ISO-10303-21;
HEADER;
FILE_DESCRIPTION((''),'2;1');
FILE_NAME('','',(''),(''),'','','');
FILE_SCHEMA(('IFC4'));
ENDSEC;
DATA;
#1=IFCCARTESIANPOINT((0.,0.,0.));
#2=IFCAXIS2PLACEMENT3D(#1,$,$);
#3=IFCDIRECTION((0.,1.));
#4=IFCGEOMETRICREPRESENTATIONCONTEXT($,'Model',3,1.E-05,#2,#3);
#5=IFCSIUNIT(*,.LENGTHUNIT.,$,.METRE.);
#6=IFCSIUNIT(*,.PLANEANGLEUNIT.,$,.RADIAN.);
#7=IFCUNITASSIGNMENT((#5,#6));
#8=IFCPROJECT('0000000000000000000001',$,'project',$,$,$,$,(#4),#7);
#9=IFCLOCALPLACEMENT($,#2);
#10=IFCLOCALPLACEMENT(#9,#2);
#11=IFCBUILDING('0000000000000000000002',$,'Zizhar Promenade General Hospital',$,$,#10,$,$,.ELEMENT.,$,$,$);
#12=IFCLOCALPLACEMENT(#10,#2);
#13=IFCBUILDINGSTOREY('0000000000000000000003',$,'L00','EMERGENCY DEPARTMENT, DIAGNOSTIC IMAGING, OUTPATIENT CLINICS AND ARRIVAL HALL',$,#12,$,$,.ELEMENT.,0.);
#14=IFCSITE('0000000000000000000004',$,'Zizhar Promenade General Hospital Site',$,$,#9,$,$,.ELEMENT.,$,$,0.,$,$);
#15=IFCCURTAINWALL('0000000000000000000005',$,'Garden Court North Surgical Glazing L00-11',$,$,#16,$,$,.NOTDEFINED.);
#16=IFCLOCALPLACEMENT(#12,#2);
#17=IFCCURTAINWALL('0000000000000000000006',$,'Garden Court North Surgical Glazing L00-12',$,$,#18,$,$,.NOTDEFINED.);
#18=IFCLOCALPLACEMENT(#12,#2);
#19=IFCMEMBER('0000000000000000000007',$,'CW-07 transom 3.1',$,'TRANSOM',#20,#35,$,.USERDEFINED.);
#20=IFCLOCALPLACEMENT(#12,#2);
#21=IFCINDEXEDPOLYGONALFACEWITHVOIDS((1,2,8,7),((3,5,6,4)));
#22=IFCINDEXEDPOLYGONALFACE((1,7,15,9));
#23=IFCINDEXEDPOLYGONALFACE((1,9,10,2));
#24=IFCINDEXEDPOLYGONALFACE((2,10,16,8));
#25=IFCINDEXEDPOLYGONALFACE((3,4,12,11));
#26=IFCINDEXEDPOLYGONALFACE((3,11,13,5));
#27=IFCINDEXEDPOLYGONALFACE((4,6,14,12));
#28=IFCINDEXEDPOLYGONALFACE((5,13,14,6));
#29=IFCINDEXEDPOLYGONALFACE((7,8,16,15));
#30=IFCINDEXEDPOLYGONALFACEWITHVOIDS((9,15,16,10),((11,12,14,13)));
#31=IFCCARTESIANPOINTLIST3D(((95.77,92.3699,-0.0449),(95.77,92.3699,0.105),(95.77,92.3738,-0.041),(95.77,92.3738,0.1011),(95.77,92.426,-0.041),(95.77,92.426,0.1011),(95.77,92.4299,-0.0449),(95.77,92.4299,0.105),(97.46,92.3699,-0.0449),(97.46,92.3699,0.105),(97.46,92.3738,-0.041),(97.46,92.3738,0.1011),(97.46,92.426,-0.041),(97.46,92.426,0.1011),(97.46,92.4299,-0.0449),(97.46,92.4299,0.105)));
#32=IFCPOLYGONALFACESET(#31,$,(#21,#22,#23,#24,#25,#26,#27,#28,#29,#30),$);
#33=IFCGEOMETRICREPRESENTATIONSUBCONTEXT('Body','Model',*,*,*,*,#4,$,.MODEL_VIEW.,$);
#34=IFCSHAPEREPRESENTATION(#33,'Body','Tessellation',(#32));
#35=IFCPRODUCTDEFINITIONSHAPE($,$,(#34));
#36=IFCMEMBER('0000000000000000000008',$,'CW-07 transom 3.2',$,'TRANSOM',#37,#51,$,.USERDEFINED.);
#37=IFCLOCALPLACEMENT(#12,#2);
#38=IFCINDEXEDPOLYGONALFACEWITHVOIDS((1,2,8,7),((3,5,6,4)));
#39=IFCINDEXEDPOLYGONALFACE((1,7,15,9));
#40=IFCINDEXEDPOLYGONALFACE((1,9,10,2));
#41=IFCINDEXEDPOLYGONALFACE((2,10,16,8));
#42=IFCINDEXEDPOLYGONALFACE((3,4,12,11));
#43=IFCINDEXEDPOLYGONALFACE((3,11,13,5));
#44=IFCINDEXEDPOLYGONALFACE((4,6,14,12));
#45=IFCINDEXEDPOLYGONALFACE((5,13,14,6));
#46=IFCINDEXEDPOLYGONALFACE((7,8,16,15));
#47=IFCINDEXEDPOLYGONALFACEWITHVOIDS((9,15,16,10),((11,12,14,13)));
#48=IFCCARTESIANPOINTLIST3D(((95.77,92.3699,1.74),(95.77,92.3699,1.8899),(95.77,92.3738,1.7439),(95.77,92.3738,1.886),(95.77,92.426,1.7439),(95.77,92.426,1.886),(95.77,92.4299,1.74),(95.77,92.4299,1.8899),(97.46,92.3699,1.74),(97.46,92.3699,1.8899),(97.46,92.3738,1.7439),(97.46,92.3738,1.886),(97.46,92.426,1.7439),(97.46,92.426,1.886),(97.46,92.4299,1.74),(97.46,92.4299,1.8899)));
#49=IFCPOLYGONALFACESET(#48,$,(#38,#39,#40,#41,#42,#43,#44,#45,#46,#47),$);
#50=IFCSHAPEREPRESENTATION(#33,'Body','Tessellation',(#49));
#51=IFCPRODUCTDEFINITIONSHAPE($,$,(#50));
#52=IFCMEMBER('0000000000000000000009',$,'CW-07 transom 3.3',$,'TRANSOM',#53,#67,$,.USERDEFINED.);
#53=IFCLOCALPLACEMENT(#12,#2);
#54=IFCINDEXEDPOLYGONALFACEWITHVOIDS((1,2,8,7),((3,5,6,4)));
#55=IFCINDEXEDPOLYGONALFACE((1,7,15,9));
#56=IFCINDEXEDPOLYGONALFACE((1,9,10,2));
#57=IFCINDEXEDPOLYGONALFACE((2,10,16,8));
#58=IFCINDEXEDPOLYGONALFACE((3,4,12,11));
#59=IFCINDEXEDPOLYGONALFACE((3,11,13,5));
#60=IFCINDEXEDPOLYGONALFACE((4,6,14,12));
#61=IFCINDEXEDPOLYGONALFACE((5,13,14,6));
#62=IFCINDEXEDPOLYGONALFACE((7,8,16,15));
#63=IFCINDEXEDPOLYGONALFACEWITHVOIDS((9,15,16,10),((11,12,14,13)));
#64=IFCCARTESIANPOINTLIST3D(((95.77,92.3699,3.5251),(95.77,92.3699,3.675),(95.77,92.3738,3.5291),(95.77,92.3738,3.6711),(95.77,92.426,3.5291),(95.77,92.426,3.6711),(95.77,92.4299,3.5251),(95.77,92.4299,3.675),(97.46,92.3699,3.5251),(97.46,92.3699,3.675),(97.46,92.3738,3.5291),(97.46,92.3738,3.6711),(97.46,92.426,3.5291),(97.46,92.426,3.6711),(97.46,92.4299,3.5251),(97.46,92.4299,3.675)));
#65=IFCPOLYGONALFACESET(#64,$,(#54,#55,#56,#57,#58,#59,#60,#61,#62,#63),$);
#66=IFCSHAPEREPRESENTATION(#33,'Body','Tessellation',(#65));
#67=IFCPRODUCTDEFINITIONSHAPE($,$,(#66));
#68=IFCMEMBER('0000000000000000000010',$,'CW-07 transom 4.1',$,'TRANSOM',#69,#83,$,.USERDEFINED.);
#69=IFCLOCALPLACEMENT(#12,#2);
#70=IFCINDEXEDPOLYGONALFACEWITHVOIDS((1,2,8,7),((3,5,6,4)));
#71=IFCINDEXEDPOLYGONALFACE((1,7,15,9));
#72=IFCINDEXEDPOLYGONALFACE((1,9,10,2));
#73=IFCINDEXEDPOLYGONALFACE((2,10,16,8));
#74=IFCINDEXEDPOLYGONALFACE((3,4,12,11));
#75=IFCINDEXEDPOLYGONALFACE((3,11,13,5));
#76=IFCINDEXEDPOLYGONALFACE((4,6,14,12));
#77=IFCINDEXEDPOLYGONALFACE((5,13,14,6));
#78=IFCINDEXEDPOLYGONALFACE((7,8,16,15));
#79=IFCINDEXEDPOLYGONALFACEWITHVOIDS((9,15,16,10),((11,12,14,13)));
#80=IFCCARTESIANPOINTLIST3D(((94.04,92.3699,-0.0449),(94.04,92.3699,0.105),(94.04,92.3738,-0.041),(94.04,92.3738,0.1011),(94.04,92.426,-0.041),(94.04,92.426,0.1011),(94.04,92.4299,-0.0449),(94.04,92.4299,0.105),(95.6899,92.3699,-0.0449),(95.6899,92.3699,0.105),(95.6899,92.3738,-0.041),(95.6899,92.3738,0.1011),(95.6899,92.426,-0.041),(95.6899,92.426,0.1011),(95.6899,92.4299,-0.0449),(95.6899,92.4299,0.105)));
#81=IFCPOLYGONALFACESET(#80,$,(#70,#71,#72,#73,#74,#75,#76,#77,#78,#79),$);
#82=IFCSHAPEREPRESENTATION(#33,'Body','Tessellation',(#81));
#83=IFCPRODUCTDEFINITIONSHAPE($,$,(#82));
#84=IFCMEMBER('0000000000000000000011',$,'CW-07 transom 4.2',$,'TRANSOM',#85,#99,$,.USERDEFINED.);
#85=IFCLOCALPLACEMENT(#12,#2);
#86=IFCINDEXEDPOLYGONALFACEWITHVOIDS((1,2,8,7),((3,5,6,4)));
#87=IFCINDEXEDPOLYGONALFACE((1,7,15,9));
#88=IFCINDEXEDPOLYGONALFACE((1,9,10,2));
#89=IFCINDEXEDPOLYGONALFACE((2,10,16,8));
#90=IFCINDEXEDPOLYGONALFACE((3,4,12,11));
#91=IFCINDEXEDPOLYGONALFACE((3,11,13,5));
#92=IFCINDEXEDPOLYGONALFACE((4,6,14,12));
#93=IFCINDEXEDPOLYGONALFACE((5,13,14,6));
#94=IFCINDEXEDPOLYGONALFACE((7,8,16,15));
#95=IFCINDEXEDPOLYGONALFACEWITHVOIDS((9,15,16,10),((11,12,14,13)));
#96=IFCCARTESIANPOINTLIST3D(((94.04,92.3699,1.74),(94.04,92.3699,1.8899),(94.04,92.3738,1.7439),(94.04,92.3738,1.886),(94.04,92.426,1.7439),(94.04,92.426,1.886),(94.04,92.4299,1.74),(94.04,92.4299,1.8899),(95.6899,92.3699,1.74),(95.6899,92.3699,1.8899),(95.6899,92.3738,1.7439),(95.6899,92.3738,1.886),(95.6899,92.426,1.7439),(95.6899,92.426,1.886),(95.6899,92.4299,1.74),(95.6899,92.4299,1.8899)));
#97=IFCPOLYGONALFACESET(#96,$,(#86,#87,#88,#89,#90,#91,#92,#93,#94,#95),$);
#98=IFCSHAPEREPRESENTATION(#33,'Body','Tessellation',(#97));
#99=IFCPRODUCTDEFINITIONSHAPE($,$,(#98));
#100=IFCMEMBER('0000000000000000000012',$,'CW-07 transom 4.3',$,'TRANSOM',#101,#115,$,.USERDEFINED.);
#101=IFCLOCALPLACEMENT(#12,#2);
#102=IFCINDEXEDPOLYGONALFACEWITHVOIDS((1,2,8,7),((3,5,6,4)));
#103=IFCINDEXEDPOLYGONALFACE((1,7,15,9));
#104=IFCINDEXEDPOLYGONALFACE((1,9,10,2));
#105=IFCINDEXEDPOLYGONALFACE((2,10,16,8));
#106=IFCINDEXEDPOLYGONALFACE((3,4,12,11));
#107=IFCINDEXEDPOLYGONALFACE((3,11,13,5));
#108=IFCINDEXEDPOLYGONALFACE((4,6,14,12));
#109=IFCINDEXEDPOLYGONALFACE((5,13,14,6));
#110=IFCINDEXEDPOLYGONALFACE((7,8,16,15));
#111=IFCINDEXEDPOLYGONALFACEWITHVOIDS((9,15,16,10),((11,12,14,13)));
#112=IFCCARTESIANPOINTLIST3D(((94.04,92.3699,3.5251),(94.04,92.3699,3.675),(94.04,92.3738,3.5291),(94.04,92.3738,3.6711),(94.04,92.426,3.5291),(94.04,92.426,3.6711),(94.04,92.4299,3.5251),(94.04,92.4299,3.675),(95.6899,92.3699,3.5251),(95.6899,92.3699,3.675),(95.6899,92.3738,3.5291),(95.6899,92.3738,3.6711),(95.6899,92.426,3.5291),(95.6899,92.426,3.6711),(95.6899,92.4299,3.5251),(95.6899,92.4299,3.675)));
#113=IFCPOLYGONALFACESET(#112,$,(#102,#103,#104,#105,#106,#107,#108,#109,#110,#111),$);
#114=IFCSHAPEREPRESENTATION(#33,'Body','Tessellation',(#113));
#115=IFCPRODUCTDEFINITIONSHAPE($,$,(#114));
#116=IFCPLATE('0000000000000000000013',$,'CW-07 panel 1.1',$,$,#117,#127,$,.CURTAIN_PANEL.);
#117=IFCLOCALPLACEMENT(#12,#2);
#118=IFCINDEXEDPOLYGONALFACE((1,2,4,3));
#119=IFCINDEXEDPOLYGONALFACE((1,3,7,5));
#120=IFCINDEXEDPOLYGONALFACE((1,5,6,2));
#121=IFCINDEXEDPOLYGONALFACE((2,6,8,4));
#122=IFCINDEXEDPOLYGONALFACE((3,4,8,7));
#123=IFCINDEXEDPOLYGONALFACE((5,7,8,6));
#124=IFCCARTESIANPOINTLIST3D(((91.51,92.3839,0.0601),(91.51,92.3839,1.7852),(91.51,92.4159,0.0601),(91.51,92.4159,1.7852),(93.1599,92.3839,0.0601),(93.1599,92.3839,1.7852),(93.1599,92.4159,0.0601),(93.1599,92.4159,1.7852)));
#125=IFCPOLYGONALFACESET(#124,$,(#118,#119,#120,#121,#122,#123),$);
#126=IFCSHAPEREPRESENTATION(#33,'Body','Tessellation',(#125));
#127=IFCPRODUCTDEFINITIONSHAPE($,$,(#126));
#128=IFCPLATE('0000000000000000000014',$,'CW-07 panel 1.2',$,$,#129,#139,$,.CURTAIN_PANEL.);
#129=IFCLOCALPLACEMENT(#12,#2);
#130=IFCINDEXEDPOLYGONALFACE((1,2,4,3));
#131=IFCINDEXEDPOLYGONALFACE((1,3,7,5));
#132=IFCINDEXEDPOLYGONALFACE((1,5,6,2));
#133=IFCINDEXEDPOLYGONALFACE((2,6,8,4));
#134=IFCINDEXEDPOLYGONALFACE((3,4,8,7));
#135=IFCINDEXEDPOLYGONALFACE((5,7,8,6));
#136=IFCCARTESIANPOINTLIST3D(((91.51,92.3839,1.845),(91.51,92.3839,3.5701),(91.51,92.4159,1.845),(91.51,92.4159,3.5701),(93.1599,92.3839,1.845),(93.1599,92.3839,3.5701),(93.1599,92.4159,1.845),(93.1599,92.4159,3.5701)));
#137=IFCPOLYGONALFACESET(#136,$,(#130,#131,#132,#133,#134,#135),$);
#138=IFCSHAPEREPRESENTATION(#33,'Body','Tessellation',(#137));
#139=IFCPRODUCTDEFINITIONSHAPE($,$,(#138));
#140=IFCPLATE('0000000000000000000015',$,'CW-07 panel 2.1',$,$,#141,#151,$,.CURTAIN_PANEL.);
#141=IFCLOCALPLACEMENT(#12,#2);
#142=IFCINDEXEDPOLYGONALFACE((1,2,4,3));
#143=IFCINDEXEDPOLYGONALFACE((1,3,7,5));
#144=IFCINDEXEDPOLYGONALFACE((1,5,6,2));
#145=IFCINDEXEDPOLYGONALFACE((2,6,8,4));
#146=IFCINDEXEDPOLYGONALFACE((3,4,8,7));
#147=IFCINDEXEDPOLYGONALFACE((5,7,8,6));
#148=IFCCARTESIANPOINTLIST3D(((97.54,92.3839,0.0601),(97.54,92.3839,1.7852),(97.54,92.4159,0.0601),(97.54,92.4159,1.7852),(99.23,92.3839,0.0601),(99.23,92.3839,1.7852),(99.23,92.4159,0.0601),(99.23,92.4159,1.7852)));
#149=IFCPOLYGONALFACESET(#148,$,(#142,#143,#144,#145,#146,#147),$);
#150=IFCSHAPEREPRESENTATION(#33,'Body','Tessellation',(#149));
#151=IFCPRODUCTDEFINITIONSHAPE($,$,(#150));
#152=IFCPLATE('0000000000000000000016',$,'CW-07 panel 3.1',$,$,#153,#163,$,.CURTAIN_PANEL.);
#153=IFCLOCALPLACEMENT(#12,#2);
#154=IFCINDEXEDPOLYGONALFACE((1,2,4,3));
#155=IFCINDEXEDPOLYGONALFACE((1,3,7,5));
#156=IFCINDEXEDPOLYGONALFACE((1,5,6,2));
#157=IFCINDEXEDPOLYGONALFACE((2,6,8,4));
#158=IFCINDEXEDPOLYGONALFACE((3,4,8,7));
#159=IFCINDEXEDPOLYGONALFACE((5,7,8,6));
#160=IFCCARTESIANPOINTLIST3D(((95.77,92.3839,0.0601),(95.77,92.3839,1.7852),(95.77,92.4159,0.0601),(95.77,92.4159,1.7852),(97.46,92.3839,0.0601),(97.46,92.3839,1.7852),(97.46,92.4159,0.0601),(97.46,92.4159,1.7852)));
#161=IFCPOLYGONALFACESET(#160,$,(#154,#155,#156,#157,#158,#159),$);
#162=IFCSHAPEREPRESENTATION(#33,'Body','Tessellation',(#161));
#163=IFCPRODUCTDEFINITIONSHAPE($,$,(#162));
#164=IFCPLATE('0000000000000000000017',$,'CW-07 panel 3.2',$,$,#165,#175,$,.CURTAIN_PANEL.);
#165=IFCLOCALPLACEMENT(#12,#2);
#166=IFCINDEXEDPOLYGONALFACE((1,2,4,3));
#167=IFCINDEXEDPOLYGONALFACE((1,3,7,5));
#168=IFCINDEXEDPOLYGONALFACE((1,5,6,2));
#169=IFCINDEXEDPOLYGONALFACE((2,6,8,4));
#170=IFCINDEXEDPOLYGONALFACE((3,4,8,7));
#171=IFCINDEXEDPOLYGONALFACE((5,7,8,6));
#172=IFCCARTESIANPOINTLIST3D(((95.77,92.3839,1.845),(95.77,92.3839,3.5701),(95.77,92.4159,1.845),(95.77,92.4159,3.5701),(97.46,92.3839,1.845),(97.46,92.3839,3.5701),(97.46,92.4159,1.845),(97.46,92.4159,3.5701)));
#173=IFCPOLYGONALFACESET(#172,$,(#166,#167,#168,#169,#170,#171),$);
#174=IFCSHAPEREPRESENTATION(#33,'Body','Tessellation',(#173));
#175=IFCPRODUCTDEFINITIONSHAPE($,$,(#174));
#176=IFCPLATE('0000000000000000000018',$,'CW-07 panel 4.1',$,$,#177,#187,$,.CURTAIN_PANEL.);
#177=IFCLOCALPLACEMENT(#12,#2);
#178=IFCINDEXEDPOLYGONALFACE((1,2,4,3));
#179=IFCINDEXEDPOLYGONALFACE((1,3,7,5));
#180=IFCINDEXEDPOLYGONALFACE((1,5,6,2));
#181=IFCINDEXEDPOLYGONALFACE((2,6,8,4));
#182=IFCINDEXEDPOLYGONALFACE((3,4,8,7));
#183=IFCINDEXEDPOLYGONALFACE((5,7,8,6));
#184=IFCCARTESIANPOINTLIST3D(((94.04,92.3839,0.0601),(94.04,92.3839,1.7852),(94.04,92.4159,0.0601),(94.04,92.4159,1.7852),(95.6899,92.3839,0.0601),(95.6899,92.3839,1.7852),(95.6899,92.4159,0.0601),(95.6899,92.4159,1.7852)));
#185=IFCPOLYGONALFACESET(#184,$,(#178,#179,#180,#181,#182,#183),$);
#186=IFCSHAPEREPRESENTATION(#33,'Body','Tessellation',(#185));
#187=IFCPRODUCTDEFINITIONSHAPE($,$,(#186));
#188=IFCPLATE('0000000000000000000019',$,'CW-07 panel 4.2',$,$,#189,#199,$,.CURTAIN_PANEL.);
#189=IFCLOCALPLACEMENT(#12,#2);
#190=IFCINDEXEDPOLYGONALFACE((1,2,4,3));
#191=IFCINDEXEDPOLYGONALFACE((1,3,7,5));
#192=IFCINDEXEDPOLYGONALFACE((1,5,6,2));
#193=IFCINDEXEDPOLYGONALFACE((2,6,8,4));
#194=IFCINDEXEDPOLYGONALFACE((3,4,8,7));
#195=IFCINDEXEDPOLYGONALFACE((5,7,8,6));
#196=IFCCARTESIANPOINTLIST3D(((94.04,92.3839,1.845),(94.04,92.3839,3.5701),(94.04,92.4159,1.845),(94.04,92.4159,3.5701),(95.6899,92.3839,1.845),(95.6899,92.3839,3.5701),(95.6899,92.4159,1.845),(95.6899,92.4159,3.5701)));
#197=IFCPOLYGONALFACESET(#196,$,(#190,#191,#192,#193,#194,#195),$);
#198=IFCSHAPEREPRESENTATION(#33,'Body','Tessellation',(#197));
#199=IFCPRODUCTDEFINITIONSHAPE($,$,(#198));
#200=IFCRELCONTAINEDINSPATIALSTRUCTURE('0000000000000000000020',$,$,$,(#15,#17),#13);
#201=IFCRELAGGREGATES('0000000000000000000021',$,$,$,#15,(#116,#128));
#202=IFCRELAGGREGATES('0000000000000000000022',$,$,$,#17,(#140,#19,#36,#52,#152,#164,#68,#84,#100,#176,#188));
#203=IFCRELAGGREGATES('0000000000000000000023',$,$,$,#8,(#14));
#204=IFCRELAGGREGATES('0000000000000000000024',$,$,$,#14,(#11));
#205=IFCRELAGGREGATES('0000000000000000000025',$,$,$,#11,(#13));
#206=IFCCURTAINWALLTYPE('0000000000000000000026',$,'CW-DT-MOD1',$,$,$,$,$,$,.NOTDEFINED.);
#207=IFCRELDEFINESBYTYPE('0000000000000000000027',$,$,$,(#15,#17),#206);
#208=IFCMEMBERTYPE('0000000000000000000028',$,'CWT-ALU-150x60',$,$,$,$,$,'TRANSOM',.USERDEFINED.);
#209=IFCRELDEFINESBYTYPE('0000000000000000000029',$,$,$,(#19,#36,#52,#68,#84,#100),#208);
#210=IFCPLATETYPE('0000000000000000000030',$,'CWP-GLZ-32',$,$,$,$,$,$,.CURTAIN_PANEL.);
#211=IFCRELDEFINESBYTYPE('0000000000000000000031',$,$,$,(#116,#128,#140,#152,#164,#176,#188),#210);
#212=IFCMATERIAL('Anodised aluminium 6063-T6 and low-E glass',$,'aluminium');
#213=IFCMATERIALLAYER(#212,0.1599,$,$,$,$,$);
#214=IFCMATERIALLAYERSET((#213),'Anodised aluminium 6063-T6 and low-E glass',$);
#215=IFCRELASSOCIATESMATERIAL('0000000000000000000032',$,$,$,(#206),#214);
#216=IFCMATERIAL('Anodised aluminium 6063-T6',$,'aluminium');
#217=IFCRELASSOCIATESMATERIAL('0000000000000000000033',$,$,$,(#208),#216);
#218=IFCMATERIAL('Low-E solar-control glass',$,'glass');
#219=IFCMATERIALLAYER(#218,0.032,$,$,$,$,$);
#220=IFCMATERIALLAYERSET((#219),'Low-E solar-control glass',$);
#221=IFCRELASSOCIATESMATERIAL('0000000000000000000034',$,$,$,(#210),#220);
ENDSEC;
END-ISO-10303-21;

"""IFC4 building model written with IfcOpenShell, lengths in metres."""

from ifc_helpers import new_model, si_unit, direction, frame, origin, origin_2d, place, context, subcontext, project, spatial, rectangle, hollow_rectangle, extrude, material, layer, layer_set, material_profile, profile_set, type_object, element, aggregate, save


model = new_model("IFC4")

# Units and contexts
model_context = context("Model", 3, precision=1e-05, world=origin(), true_north=direction((0.0, 1.0)))
body_context = subcontext(model_context, "Body", "Model", "MODEL_VIEW")
ifc_project = project(units=[si_unit("LENGTHUNIT", "METRE"), si_unit("PLANEANGLEUNIT", "RADIAN")], contexts=[model_context])

# Site, building, storey
site_placement = place(None, origin())
site = spatial("IfcSite", under=ifc_project, at=site_placement, Name="Zizhar Promenade General Hospital Site", CompositionType="ELEMENT", RefElevation=0.0)
building_placement = place(site_placement, origin())
building = spatial("IfcBuilding", under=site, at=building_placement, Name="Zizhar Promenade General Hospital", CompositionType="ELEMENT")
storey_placement = place(building_placement, origin())
storey = spatial("IfcBuildingStorey", under=building, at=storey_placement, Name="L00", Description="EMERGENCY DEPARTMENT, DIAGNOSTIC IMAGING, OUTPATIENT CLINICS AND ARRIVAL HALL", CompositionType="ELEMENT", Elevation=0.0)

# Curtain walls
ifc_material_1 = material(Name="Anodised aluminium 6063-T6 and low-E glass", Category="aluminium")
ifc_layer_1 = layer(ifc_material_1, 0.1599)
ifc_layer_set_1 = layer_set([ifc_layer_1], Name="Anodised aluminium 6063-T6 and low-E glass")
curtain_wall_type = type_object("IfcCurtainWallType", Name="CW-DT-MOD1", PredefinedType="NOTDEFINED", material=ifc_layer_set_1)
curtain_wall_1_placement = place(storey_placement, origin())
curtain_wall_1 = element("IfcCurtainWall", 1, at=curtain_wall_1_placement, inside=storey, type_object=curtain_wall_type, Name="Garden Court North Surgical Glazing L00-11", PredefinedType="NOTDEFINED")
curtain_wall_2_placement = place(storey_placement, origin())
curtain_wall_2 = element("IfcCurtainWall", 2, at=curtain_wall_2_placement, inside=storey, type_object=curtain_wall_type, Name="Garden Court North Surgical Glazing L00-12", PredefinedType="NOTDEFINED")

# Members
ifc_material_2 = material(Name="Anodised aluminium 6063-T6", Category="aluminium")
ifc_material_profile_1 = material_profile(ifc_material_2, hollow_rectangle(XDim=0.0601, YDim=0.1499, WallThickness=0.0039, at=origin_2d()))
ifc_profile_set_1 = profile_set([ifc_material_profile_1], Name="Anodised aluminium 6063-T6")
member_type_1 = type_object("IfcMemberType", Name="CWT-ALU-150x60", ElementType="TRANSOM", PredefinedType="USERDEFINED", material=ifc_profile_set_1)
member_1_placement = place(storey_placement, frame((97.46, 92.3999, 0.03), z_axis=(-1.0, 0.0, 0.0), x_axis=(0.0, -1.0, 0.0)))
member_1 = element("IfcMember", 3, at=member_1_placement, type_object=member_type_1, Name="CW-07 transom 3.1", ObjectType="TRANSOM", PredefinedType="USERDEFINED", context=body_context, shape_type="SweptSolid", body=[
    extrude(hollow_rectangle(XDim=0.0601, YDim=0.1499, WallThickness=0.0039, at=origin_2d()), origin(), (0.0, 0.0, 1.0), 1.6899),
])
member_2_placement = place(storey_placement, frame((97.46, 92.3999, 1.8149), z_axis=(-1.0, 0.0, 0.0), x_axis=(0.0, -1.0, 0.0)))
member_2 = element("IfcMember", 4, at=member_2_placement, type_object=member_type_1, Name="CW-07 transom 3.2", ObjectType="TRANSOM", PredefinedType="USERDEFINED", context=body_context, shape_type="SweptSolid", body=[
    extrude(hollow_rectangle(XDim=0.0601, YDim=0.1499, WallThickness=0.0039, at=origin_2d()), origin(), (0.0, 0.0, 1.0), 1.6899),
])
member_3_placement = place(storey_placement, frame((97.46, 92.3999, 3.6001), z_axis=(-1.0, 0.0, 0.0), x_axis=(0.0, -1.0, 0.0)))
member_3 = element("IfcMember", 5, at=member_3_placement, type_object=member_type_1, Name="CW-07 transom 3.3", ObjectType="TRANSOM", PredefinedType="USERDEFINED", context=body_context, shape_type="SweptSolid", body=[
    extrude(hollow_rectangle(XDim=0.0601, YDim=0.1499, WallThickness=0.0039, at=origin_2d()), origin(), (0.0, 0.0, 1.0), 1.6899),
])
member_4_placement = place(storey_placement, frame((95.6899, 92.3999, 0.03), z_axis=(-1.0, 0.0, 0.0), x_axis=(0.0, -1.0, 0.0)))
member_4 = element("IfcMember", 6, at=member_4_placement, type_object=member_type_1, Name="CW-07 transom 4.1", ObjectType="TRANSOM", PredefinedType="USERDEFINED", context=body_context, shape_type="SweptSolid", body=[
    extrude(hollow_rectangle(XDim=0.0601, YDim=0.1499, WallThickness=0.0039, at=origin_2d()), origin(), (0.0, 0.0, 1.0), 1.6499),
])
member_5_placement = place(storey_placement, frame((95.6899, 92.3999, 1.8149), z_axis=(-1.0, 0.0, 0.0), x_axis=(0.0, -1.0, 0.0)))
member_5 = element("IfcMember", 7, at=member_5_placement, type_object=member_type_1, Name="CW-07 transom 4.2", ObjectType="TRANSOM", PredefinedType="USERDEFINED", context=body_context, shape_type="SweptSolid", body=[
    extrude(hollow_rectangle(XDim=0.0601, YDim=0.1499, WallThickness=0.0039, at=origin_2d()), origin(), (0.0, 0.0, 1.0), 1.6499),
])
member_6_placement = place(storey_placement, frame((95.6899, 92.3999, 3.6001), z_axis=(-1.0, 0.0, 0.0), x_axis=(0.0, -1.0, 0.0)))
member_6 = element("IfcMember", 8, at=member_6_placement, type_object=member_type_1, Name="CW-07 transom 4.3", ObjectType="TRANSOM", PredefinedType="USERDEFINED", context=body_context, shape_type="SweptSolid", body=[
    extrude(hollow_rectangle(XDim=0.0601, YDim=0.1499, WallThickness=0.0039, at=origin_2d()), origin(), (0.0, 0.0, 1.0), 1.6499),
])

# Plates
ifc_material_3 = material(Name="Low-E solar-control glass", Category="glass")
ifc_layer_2 = layer(ifc_material_3, 0.032)
ifc_layer_set_2 = layer_set([ifc_layer_2], Name="Low-E solar-control glass")
plate_type = type_object("IfcPlateType", Name="CWP-GLZ-32", PredefinedType="CURTAIN_PANEL", material=ifc_layer_set_2)
plate_1_placement = place(storey_placement, frame((92.335, 92.3999, 0.0601), z_axis=(0.0, 0.0, 1.0), x_axis=(-1.0, 0.0, 0.0)))
plate_1 = element("IfcPlate", 9, at=plate_1_placement, type_object=plate_type, Name="CW-07 panel 1.1", PredefinedType="CURTAIN_PANEL", context=body_context, shape_type="SweptSolid", body=[
    extrude(rectangle(XDim=1.6499, YDim=0.032, at=origin_2d()), origin(), (0.0, 0.0, 1.0), 1.7251),
])
plate_2_placement = place(storey_placement, frame((92.335, 92.3999, 1.845), z_axis=(0.0, 0.0, 1.0), x_axis=(-1.0, 0.0, 0.0)))
plate_2 = element("IfcPlate", 10, at=plate_2_placement, type_object=plate_type, Name="CW-07 panel 1.2", PredefinedType="CURTAIN_PANEL", context=body_context, shape_type="SweptSolid", body=[
    extrude(rectangle(XDim=1.6499, YDim=0.032, at=origin_2d()), origin(), (0.0, 0.0, 1.0), 1.7251),
])
aggregate(curtain_wall_1, [plate_1, plate_2])
plate_3_placement = place(storey_placement, frame((98.385, 92.3999, 0.0601), z_axis=(0.0, 0.0, 1.0), x_axis=(-1.0, 0.0, 0.0)))
plate_3 = element("IfcPlate", 11, at=plate_3_placement, type_object=plate_type, Name="CW-07 panel 2.1", PredefinedType="CURTAIN_PANEL", context=body_context, shape_type="SweptSolid", body=[
    extrude(rectangle(XDim=1.6899, YDim=0.032, at=origin_2d()), origin(), (0.0, 0.0, 1.0), 1.7251),
])
plate_4_placement = place(storey_placement, frame((96.615, 92.3999, 0.0601), z_axis=(0.0, 0.0, 1.0), x_axis=(-1.0, 0.0, 0.0)))
plate_4 = element("IfcPlate", 12, at=plate_4_placement, type_object=plate_type, Name="CW-07 panel 3.1", PredefinedType="CURTAIN_PANEL", context=body_context, shape_type="SweptSolid", body=[
    extrude(rectangle(XDim=1.6899, YDim=0.032, at=origin_2d()), origin(), (0.0, 0.0, 1.0), 1.7251),
])
plate_5_placement = place(storey_placement, frame((96.615, 92.3999, 1.845), z_axis=(0.0, 0.0, 1.0), x_axis=(-1.0, 0.0, 0.0)))
plate_5 = element("IfcPlate", 13, at=plate_5_placement, type_object=plate_type, Name="CW-07 panel 3.2", PredefinedType="CURTAIN_PANEL", context=body_context, shape_type="SweptSolid", body=[
    extrude(rectangle(XDim=1.6899, YDim=0.032, at=origin_2d()), origin(), (0.0, 0.0, 1.0), 1.7251),
])
plate_6_placement = place(storey_placement, frame((94.865, 92.3999, 0.0601), z_axis=(0.0, 0.0, 1.0), x_axis=(-1.0, 0.0, 0.0)))
plate_6 = element("IfcPlate", 14, at=plate_6_placement, type_object=plate_type, Name="CW-07 panel 4.1", PredefinedType="CURTAIN_PANEL", context=body_context, shape_type="SweptSolid", body=[
    extrude(rectangle(XDim=1.6499, YDim=0.032, at=origin_2d()), origin(), (0.0, 0.0, 1.0), 1.7251),
])
plate_7_placement = place(storey_placement, frame((94.865, 92.3999, 1.845), z_axis=(0.0, 0.0, 1.0), x_axis=(-1.0, 0.0, 0.0)))
plate_7 = element("IfcPlate", 15, at=plate_7_placement, type_object=plate_type, Name="CW-07 panel 4.2", PredefinedType="CURTAIN_PANEL", context=body_context, shape_type="SweptSolid", body=[
    extrude(rectangle(XDim=1.6499, YDim=0.032, at=origin_2d()), origin(), (0.0, 0.0, 1.0), 1.7251),
])
aggregate(curtain_wall_2, [plate_3, member_1, member_2, member_3, plate_4, plate_5, member_4, member_5, member_6, plate_6, plate_7])

save(model, "model.ifc")
